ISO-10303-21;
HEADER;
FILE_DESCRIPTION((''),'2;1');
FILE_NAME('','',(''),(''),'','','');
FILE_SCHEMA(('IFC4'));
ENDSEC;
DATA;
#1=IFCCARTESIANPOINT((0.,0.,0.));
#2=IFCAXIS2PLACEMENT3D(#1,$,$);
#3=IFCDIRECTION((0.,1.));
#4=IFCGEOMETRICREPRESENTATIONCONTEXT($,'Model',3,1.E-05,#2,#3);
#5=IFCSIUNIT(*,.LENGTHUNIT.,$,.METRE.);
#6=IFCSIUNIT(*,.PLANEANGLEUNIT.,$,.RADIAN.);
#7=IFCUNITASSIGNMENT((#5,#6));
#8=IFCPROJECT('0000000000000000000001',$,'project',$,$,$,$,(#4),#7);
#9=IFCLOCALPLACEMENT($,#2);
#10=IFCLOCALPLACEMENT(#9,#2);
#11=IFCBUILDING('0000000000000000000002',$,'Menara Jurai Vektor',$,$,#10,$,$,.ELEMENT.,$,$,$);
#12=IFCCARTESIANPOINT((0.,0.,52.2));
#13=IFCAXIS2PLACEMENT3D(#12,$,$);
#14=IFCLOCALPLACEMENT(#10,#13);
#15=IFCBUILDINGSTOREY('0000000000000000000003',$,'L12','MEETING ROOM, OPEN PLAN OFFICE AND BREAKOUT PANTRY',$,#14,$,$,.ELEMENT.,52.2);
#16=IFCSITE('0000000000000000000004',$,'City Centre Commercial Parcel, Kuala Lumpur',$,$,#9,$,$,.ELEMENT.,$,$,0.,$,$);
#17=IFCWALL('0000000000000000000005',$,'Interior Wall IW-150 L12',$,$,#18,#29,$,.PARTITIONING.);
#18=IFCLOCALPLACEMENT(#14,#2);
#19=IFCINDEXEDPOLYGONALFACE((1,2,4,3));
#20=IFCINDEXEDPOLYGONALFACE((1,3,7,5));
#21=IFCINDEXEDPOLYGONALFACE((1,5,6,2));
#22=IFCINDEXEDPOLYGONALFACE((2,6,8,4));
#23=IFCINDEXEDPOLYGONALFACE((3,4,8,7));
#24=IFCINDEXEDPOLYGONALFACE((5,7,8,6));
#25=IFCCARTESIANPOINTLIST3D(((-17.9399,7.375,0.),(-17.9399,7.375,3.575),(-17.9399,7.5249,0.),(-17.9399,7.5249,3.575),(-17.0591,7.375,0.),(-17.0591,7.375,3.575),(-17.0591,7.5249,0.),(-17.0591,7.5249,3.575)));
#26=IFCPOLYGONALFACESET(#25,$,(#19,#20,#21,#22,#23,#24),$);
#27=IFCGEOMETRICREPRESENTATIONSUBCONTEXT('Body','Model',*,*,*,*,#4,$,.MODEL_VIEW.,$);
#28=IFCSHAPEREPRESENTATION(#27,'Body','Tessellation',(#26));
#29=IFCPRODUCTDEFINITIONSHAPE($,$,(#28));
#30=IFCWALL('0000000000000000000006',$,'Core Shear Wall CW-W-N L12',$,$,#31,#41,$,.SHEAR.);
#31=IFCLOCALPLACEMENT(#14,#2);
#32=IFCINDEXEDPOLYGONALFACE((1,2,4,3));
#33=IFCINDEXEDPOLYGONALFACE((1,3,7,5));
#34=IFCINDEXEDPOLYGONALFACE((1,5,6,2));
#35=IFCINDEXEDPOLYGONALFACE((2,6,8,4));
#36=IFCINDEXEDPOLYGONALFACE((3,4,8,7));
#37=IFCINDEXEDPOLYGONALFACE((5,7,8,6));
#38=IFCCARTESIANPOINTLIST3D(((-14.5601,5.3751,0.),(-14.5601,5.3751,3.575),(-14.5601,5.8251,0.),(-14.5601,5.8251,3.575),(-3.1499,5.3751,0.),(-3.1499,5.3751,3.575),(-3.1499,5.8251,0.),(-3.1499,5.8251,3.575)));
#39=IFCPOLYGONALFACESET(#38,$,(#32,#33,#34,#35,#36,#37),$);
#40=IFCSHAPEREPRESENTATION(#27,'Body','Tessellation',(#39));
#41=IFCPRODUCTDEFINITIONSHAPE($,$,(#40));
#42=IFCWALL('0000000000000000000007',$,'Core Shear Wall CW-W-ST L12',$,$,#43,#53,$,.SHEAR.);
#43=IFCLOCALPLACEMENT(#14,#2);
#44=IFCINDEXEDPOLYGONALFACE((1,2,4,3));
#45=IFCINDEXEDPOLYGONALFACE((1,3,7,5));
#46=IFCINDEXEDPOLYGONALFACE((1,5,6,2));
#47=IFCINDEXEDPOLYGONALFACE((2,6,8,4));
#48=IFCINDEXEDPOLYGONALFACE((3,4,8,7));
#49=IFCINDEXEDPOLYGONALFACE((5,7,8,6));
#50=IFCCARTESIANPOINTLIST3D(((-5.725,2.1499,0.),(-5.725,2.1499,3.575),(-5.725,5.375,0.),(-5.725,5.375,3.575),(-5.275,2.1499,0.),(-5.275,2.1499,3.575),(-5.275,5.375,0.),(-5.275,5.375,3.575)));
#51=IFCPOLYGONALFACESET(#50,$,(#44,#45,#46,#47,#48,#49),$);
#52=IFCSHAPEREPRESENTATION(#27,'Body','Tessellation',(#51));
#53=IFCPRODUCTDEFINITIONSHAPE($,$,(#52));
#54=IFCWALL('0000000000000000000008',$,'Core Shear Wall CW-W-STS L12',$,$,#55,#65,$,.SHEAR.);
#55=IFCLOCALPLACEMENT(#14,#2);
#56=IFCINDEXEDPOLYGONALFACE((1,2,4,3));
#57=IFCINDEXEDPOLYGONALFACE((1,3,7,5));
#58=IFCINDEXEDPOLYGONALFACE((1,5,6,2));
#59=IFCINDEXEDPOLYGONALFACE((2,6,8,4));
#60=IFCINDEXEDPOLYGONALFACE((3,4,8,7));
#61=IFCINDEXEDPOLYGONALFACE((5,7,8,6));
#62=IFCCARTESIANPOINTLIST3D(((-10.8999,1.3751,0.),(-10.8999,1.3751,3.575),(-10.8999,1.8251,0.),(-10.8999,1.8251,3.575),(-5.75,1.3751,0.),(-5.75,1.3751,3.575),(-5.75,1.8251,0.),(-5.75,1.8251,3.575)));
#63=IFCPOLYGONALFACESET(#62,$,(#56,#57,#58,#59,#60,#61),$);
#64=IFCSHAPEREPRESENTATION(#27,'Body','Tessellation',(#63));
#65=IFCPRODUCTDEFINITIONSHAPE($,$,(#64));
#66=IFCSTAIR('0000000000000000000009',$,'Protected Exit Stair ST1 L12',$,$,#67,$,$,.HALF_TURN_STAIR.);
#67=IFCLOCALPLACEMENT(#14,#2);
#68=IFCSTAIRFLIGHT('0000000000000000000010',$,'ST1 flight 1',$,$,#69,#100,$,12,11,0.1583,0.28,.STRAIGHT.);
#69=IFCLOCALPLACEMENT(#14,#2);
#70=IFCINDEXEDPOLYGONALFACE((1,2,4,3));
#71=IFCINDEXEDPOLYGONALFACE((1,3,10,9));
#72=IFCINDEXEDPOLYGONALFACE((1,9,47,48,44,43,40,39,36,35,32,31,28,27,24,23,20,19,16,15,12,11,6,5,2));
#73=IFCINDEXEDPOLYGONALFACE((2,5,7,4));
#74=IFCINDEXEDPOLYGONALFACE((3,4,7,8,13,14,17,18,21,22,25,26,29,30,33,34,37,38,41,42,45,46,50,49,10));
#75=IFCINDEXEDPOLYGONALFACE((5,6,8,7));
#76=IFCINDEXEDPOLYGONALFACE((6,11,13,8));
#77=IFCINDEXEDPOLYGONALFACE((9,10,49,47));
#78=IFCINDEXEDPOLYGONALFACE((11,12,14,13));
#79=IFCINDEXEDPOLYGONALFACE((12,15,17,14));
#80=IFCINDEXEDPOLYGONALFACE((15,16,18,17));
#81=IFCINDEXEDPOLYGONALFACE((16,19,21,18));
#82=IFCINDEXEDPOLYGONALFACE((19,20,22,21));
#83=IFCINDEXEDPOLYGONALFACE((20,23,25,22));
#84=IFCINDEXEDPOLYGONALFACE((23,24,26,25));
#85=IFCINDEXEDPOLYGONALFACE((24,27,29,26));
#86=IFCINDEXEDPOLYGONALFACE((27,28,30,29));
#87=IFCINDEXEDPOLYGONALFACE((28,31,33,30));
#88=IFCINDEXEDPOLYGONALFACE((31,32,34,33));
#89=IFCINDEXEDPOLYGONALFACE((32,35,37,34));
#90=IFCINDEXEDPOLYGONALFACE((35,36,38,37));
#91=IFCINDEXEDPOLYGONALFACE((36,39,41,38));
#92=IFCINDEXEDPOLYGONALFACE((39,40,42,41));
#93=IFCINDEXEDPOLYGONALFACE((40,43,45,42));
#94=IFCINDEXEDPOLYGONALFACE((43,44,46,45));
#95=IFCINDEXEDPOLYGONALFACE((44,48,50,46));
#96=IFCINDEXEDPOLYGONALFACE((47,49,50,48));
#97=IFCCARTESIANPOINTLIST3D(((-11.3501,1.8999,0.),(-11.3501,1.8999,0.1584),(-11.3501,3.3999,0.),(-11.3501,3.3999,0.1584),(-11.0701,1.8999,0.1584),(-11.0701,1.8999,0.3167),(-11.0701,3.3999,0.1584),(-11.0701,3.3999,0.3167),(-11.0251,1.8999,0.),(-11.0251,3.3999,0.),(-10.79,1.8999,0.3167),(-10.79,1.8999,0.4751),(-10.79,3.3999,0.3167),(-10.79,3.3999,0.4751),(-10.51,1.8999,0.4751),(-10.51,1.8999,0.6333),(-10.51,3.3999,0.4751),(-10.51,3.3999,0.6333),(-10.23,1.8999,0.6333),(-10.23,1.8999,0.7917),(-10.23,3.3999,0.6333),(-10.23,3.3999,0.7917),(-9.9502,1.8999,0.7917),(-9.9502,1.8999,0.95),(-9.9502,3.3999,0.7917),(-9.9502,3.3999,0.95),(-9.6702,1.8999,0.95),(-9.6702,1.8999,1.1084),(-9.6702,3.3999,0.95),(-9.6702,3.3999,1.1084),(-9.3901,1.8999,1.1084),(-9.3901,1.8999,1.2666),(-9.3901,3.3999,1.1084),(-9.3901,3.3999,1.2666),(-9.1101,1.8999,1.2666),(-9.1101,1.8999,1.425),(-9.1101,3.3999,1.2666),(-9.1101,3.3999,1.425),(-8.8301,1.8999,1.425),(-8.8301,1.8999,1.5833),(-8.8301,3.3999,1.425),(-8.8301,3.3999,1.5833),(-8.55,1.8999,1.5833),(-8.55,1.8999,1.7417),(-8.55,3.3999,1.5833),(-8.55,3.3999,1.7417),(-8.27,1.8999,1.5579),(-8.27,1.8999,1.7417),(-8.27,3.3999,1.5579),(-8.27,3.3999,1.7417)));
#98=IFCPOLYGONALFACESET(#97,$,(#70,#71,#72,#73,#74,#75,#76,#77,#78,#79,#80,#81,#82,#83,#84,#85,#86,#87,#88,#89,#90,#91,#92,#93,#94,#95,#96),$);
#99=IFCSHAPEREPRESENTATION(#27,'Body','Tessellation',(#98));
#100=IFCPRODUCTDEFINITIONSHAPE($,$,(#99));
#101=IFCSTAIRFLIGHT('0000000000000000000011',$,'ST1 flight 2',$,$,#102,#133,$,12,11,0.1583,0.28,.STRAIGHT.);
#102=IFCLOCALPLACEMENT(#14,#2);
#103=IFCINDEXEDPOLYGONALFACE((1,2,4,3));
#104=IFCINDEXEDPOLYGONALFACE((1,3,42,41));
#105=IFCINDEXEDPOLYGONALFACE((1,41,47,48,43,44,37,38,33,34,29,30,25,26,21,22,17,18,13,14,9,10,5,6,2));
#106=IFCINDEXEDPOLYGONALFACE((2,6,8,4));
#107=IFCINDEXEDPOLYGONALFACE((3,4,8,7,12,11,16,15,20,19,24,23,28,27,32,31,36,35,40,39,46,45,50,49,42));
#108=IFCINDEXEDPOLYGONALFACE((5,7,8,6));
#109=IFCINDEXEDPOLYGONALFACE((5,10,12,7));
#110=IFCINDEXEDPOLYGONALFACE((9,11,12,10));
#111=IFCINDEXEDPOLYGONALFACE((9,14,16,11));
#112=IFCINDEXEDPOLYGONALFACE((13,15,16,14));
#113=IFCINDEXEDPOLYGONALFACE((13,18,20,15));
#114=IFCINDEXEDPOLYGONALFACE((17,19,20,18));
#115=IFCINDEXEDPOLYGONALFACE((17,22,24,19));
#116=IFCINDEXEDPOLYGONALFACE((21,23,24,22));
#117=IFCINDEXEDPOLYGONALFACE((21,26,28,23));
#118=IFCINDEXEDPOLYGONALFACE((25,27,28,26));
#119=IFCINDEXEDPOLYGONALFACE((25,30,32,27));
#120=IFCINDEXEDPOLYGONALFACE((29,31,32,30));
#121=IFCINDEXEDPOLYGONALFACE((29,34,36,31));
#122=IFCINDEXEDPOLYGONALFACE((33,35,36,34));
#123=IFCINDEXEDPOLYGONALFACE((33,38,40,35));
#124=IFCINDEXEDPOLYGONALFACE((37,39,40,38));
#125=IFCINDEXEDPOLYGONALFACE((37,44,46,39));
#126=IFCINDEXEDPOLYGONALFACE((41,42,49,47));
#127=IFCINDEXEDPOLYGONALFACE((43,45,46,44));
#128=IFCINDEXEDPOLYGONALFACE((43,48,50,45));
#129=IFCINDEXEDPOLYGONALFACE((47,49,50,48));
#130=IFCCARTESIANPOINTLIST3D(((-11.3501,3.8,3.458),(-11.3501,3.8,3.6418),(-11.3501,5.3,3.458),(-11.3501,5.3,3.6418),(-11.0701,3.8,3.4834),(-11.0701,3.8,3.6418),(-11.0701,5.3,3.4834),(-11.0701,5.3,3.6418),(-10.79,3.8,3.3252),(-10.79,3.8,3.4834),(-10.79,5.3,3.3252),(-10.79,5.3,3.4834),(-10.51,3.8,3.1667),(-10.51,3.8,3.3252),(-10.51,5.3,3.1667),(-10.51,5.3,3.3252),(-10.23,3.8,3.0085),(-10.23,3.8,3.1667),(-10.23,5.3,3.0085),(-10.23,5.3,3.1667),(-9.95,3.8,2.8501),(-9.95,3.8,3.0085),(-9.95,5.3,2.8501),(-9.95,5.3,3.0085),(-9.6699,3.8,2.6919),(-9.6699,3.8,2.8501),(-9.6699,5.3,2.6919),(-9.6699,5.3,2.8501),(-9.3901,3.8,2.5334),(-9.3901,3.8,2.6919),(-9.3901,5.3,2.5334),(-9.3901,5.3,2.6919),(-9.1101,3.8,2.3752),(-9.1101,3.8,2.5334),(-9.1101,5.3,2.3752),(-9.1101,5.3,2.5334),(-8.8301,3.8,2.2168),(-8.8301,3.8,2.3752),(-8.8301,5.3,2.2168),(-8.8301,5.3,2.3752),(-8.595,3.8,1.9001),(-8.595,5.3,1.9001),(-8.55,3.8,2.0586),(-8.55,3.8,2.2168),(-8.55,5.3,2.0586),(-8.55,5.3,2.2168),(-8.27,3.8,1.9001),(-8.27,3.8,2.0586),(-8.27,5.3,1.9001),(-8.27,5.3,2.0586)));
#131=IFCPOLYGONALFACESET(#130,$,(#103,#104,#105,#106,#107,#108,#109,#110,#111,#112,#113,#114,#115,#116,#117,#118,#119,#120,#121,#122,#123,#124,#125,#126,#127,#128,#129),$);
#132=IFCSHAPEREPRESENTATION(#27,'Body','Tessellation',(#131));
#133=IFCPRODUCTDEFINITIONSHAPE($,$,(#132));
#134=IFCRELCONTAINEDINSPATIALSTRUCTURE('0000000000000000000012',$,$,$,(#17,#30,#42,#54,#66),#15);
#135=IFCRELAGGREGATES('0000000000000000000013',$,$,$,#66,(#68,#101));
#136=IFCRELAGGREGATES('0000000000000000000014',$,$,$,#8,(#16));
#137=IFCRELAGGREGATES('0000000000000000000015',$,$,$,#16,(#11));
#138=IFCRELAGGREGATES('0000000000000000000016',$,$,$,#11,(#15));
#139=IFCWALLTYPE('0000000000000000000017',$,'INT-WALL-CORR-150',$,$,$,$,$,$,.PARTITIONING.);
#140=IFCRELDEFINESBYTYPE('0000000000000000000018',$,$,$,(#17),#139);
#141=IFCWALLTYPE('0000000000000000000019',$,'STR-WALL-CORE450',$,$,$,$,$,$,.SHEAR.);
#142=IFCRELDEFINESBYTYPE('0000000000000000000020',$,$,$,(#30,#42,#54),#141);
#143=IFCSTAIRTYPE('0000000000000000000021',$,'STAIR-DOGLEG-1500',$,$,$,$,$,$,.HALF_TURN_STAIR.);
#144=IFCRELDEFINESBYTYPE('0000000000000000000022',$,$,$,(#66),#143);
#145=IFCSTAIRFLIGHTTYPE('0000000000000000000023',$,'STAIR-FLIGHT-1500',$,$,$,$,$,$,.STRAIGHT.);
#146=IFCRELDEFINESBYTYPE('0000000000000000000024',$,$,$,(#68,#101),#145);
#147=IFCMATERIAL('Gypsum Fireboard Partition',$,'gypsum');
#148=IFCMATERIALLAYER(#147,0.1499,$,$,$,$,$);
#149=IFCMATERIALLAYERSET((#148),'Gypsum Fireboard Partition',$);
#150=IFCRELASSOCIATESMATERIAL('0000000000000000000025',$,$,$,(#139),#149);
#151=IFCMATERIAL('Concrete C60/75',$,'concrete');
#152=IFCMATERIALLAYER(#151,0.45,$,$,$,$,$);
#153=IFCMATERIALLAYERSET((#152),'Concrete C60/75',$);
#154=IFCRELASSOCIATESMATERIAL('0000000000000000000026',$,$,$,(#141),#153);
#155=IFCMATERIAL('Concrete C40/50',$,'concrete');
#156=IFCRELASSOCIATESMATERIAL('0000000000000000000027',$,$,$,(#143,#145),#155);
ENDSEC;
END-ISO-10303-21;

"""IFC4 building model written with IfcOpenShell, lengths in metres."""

from ifc_helpers import new_model, si_unit, direction, frame, frame_2d, origin, place, context, subcontext, project, spatial, polyline, rectangle, outline, extrude, material, layer, layer_set, type_object, element, aggregate, save


model = new_model("IFC4")

# Units and contexts
model_context = context("Model", 3, precision=1e-05, world=origin(), true_north=direction((0.0, 1.0)))
body_context = subcontext(model_context, "Body", "Model", "MODEL_VIEW")
ifc_project = project(units=[si_unit("LENGTHUNIT", "METRE"), si_unit("PLANEANGLEUNIT", "RADIAN")], contexts=[model_context])

# Site, building, storey
site_placement = place(None, origin())
site = spatial("IfcSite", under=ifc_project, at=site_placement, Name="City Centre Commercial Parcel, Kuala Lumpur", CompositionType="ELEMENT", RefElevation=0.0)
building_placement = place(site_placement, origin())
building = spatial("IfcBuilding", under=site, at=building_placement, Name="Menara Jurai Vektor", CompositionType="ELEMENT")
storey_placement = place(building_placement, frame((0.0, 0.0, 52.2)))
storey = spatial("IfcBuildingStorey", under=building, at=storey_placement, Name="L12", Description="MEETING ROOM, OPEN PLAN OFFICE AND BREAKOUT PANTRY", CompositionType="ELEMENT", Elevation=52.2)

# Shared definitions
ifc_material_1 = material(Name="Concrete C60/75", Category="concrete")

# Shared definitions
ifc_material_2 = material(Name="Concrete C40/50", Category="concrete")

# Shared definitions
ifc_material_3 = material(Name="Gypsum Fireboard Partition", Category="gypsum")
ifc_layer_1 = layer(ifc_material_3, 0.1499)
ifc_layer_set_1 = layer_set([ifc_layer_1], Name="Gypsum Fireboard Partition")
wall_type_1 = type_object("IfcWallType", Name="INT-WALL-CORR-150", PredefinedType="PARTITIONING", material=ifc_layer_set_1)

# Walls
wall_1_placement = place(storey_placement, frame((-17.9399, 7.45, 0.0), z_axis=(0.0, 0.0, 1.0), x_axis=(1.0, 0.0, 0.0)))
element("IfcWall", 1, at=wall_1_placement, inside=storey, type_object=wall_type_1, Name="Interior Wall IW-150 L12", PredefinedType="PARTITIONING", context=body_context, shape_type="SweptSolid", body=[
    extrude(rectangle(XDim=0.8809, YDim=0.1499, at=frame_2d((0.4404, 0.0))), origin(), (0.0, 0.0, 1.0), 3.575),
])
ifc_layer_2 = layer(ifc_material_1, 0.45)
ifc_layer_set_2 = layer_set([ifc_layer_2], Name="Concrete C60/75")
wall_type_2 = type_object("IfcWallType", Name="STR-WALL-CORE450", PredefinedType="SHEAR", material=ifc_layer_set_2)
wall_2_placement = place(storey_placement, frame((-14.5601, 5.6001, 0.0), z_axis=(0.0, 0.0, 1.0), x_axis=(1.0, 0.0, 0.0)))
element("IfcWall", 2, at=wall_2_placement, inside=storey, type_object=wall_type_2, Name="Core Shear Wall CW-W-N L12", PredefinedType="SHEAR", context=body_context, shape_type="SweptSolid", body=[
    extrude(rectangle(XDim=11.4102, YDim=0.45, at=frame_2d((5.7051, 0.0))), origin(), (0.0, 0.0, 1.0), 3.575),
])
wall_3_placement = place(storey_placement, frame((-5.5, 2.1499, 0.0), z_axis=(0.0, 0.0, 1.0), x_axis=(0.0, 1.0, 0.0)))
element("IfcWall", 3, at=wall_3_placement, inside=storey, type_object=wall_type_2, Name="Core Shear Wall CW-W-ST L12", PredefinedType="SHEAR", context=body_context, shape_type="SweptSolid", body=[
    extrude(rectangle(XDim=3.2251, YDim=0.45, at=frame_2d((1.6125, 0.0))), origin(), (0.0, 0.0, 1.0), 3.575),
])
wall_4_placement = place(storey_placement, frame((-10.8999, 1.6001, 0.0), z_axis=(0.0, 0.0, 1.0), x_axis=(1.0, 0.0, 0.0)))
element("IfcWall", 4, at=wall_4_placement, inside=storey, type_object=wall_type_2, Name="Core Shear Wall CW-W-STS L12", PredefinedType="SHEAR", context=body_context, shape_type="SweptSolid", body=[
    extrude(rectangle(XDim=5.1499, YDim=0.45, at=frame_2d((2.575, 0.0))), origin(), (0.0, 0.0, 1.0), 3.575),
])

# Stair, stair flights
stair_type = type_object("IfcStairType", Name="STAIR-DOGLEG-1500", PredefinedType="HALF_TURN_STAIR", material=ifc_material_2)
stair_placement = place(storey_placement, origin())
stair = element("IfcStair", 5, at=stair_placement, inside=storey, type_object=stair_type, Name="Protected Exit Stair ST1 L12", PredefinedType="HALF_TURN_STAIR")
stair_flight_type = type_object("IfcStairFlightType", Name="STAIR-FLIGHT-1500", PredefinedType="STRAIGHT", material=ifc_material_2)
stair_flight_1_placement = place(storey_placement, frame((-11.3501, 2.6499, 0.0), z_axis=(0.0, 0.0, 1.0), x_axis=(1.0, 0.0, 0.0)))
stair_flight_1 = element("IfcStairFlight", 6, at=stair_flight_1_placement, type_object=stair_flight_type, Name="ST1 flight 1", NumberOfRisers=12, NumberOfTreads=11, PredefinedType="STRAIGHT", RiserHeight=0.1583, TreadLength=0.28, context=body_context, shape_type="SweptSolid", body=[
    extrude(outline(polyline([(0.0, 0.0), (0.0, 0.1584), (0.28, 0.1584), (0.28, 0.3167), (0.5601, 0.3167), (0.5601, 0.4751), (0.8401, 0.4751), (0.8401, 0.6333), (1.1201, 0.6333), (1.1201, 0.7917), (1.3999, 0.7917), (1.3999, 0.95), (1.6799, 0.95), (1.6799, 1.1084), (1.96, 1.1084), (1.96, 1.2666), (2.24, 1.2666), (2.24, 1.425), (2.52, 1.425), (2.52, 1.5833), (2.8, 1.5833), (2.8, 1.7417), (3.0801, 1.7417), (3.0801, 1.8999), (3.0801, 1.5579), (0.325, 0.0), (0.0, 0.0)])), frame((0.0, 0.75, 0.0), z_axis=(0.0, -1.0, 0.0), x_axis=(1.0, 0.0, 0.0)), (0.0, 0.0, 1.0), 1.5),
])
stair_flight_2_placement = place(storey_placement, frame((-8.27, 4.55, 1.9001), z_axis=(0.0, 0.0, 1.0), x_axis=(-1.0, 0.0, 0.0)))
stair_flight_2 = element("IfcStairFlight", 7, at=stair_flight_2_placement, type_object=stair_flight_type, Name="ST1 flight 2", NumberOfRisers=12, NumberOfTreads=11, PredefinedType="STRAIGHT", RiserHeight=0.1583, TreadLength=0.28, context=body_context, shape_type="SweptSolid", body=[
    extrude(outline(polyline([(0.0, 0.0), (0.0, 0.1584), (0.28, 0.1584), (0.28, 0.3167), (0.5601, 0.3167), (0.5601, 0.4751), (0.8401, 0.4751), (0.8401, 0.6333), (1.1201, 0.6333), (1.1201, 0.7917), (1.3999, 0.7917), (1.3999, 0.95), (1.6799, 0.95), (1.6799, 1.1084), (1.96, 1.1084), (1.96, 1.2666), (2.24, 1.2666), (2.24, 1.425), (2.52, 1.425), (2.52, 1.5833), (2.8, 1.5833), (2.8, 1.7417), (3.0801, 1.7417), (3.0801, 1.8999), (3.0801, 1.5579), (0.325, 0.0), (0.0, 0.0)])), frame((0.0, 0.75, 0.0), z_axis=(0.0, -1.0, 0.0), x_axis=(1.0, 0.0, 0.0)), (0.0, 0.0, 1.0), 1.5),
])
aggregate(stair, [stair_flight_1, stair_flight_2])

save(model, "model.ifc")
